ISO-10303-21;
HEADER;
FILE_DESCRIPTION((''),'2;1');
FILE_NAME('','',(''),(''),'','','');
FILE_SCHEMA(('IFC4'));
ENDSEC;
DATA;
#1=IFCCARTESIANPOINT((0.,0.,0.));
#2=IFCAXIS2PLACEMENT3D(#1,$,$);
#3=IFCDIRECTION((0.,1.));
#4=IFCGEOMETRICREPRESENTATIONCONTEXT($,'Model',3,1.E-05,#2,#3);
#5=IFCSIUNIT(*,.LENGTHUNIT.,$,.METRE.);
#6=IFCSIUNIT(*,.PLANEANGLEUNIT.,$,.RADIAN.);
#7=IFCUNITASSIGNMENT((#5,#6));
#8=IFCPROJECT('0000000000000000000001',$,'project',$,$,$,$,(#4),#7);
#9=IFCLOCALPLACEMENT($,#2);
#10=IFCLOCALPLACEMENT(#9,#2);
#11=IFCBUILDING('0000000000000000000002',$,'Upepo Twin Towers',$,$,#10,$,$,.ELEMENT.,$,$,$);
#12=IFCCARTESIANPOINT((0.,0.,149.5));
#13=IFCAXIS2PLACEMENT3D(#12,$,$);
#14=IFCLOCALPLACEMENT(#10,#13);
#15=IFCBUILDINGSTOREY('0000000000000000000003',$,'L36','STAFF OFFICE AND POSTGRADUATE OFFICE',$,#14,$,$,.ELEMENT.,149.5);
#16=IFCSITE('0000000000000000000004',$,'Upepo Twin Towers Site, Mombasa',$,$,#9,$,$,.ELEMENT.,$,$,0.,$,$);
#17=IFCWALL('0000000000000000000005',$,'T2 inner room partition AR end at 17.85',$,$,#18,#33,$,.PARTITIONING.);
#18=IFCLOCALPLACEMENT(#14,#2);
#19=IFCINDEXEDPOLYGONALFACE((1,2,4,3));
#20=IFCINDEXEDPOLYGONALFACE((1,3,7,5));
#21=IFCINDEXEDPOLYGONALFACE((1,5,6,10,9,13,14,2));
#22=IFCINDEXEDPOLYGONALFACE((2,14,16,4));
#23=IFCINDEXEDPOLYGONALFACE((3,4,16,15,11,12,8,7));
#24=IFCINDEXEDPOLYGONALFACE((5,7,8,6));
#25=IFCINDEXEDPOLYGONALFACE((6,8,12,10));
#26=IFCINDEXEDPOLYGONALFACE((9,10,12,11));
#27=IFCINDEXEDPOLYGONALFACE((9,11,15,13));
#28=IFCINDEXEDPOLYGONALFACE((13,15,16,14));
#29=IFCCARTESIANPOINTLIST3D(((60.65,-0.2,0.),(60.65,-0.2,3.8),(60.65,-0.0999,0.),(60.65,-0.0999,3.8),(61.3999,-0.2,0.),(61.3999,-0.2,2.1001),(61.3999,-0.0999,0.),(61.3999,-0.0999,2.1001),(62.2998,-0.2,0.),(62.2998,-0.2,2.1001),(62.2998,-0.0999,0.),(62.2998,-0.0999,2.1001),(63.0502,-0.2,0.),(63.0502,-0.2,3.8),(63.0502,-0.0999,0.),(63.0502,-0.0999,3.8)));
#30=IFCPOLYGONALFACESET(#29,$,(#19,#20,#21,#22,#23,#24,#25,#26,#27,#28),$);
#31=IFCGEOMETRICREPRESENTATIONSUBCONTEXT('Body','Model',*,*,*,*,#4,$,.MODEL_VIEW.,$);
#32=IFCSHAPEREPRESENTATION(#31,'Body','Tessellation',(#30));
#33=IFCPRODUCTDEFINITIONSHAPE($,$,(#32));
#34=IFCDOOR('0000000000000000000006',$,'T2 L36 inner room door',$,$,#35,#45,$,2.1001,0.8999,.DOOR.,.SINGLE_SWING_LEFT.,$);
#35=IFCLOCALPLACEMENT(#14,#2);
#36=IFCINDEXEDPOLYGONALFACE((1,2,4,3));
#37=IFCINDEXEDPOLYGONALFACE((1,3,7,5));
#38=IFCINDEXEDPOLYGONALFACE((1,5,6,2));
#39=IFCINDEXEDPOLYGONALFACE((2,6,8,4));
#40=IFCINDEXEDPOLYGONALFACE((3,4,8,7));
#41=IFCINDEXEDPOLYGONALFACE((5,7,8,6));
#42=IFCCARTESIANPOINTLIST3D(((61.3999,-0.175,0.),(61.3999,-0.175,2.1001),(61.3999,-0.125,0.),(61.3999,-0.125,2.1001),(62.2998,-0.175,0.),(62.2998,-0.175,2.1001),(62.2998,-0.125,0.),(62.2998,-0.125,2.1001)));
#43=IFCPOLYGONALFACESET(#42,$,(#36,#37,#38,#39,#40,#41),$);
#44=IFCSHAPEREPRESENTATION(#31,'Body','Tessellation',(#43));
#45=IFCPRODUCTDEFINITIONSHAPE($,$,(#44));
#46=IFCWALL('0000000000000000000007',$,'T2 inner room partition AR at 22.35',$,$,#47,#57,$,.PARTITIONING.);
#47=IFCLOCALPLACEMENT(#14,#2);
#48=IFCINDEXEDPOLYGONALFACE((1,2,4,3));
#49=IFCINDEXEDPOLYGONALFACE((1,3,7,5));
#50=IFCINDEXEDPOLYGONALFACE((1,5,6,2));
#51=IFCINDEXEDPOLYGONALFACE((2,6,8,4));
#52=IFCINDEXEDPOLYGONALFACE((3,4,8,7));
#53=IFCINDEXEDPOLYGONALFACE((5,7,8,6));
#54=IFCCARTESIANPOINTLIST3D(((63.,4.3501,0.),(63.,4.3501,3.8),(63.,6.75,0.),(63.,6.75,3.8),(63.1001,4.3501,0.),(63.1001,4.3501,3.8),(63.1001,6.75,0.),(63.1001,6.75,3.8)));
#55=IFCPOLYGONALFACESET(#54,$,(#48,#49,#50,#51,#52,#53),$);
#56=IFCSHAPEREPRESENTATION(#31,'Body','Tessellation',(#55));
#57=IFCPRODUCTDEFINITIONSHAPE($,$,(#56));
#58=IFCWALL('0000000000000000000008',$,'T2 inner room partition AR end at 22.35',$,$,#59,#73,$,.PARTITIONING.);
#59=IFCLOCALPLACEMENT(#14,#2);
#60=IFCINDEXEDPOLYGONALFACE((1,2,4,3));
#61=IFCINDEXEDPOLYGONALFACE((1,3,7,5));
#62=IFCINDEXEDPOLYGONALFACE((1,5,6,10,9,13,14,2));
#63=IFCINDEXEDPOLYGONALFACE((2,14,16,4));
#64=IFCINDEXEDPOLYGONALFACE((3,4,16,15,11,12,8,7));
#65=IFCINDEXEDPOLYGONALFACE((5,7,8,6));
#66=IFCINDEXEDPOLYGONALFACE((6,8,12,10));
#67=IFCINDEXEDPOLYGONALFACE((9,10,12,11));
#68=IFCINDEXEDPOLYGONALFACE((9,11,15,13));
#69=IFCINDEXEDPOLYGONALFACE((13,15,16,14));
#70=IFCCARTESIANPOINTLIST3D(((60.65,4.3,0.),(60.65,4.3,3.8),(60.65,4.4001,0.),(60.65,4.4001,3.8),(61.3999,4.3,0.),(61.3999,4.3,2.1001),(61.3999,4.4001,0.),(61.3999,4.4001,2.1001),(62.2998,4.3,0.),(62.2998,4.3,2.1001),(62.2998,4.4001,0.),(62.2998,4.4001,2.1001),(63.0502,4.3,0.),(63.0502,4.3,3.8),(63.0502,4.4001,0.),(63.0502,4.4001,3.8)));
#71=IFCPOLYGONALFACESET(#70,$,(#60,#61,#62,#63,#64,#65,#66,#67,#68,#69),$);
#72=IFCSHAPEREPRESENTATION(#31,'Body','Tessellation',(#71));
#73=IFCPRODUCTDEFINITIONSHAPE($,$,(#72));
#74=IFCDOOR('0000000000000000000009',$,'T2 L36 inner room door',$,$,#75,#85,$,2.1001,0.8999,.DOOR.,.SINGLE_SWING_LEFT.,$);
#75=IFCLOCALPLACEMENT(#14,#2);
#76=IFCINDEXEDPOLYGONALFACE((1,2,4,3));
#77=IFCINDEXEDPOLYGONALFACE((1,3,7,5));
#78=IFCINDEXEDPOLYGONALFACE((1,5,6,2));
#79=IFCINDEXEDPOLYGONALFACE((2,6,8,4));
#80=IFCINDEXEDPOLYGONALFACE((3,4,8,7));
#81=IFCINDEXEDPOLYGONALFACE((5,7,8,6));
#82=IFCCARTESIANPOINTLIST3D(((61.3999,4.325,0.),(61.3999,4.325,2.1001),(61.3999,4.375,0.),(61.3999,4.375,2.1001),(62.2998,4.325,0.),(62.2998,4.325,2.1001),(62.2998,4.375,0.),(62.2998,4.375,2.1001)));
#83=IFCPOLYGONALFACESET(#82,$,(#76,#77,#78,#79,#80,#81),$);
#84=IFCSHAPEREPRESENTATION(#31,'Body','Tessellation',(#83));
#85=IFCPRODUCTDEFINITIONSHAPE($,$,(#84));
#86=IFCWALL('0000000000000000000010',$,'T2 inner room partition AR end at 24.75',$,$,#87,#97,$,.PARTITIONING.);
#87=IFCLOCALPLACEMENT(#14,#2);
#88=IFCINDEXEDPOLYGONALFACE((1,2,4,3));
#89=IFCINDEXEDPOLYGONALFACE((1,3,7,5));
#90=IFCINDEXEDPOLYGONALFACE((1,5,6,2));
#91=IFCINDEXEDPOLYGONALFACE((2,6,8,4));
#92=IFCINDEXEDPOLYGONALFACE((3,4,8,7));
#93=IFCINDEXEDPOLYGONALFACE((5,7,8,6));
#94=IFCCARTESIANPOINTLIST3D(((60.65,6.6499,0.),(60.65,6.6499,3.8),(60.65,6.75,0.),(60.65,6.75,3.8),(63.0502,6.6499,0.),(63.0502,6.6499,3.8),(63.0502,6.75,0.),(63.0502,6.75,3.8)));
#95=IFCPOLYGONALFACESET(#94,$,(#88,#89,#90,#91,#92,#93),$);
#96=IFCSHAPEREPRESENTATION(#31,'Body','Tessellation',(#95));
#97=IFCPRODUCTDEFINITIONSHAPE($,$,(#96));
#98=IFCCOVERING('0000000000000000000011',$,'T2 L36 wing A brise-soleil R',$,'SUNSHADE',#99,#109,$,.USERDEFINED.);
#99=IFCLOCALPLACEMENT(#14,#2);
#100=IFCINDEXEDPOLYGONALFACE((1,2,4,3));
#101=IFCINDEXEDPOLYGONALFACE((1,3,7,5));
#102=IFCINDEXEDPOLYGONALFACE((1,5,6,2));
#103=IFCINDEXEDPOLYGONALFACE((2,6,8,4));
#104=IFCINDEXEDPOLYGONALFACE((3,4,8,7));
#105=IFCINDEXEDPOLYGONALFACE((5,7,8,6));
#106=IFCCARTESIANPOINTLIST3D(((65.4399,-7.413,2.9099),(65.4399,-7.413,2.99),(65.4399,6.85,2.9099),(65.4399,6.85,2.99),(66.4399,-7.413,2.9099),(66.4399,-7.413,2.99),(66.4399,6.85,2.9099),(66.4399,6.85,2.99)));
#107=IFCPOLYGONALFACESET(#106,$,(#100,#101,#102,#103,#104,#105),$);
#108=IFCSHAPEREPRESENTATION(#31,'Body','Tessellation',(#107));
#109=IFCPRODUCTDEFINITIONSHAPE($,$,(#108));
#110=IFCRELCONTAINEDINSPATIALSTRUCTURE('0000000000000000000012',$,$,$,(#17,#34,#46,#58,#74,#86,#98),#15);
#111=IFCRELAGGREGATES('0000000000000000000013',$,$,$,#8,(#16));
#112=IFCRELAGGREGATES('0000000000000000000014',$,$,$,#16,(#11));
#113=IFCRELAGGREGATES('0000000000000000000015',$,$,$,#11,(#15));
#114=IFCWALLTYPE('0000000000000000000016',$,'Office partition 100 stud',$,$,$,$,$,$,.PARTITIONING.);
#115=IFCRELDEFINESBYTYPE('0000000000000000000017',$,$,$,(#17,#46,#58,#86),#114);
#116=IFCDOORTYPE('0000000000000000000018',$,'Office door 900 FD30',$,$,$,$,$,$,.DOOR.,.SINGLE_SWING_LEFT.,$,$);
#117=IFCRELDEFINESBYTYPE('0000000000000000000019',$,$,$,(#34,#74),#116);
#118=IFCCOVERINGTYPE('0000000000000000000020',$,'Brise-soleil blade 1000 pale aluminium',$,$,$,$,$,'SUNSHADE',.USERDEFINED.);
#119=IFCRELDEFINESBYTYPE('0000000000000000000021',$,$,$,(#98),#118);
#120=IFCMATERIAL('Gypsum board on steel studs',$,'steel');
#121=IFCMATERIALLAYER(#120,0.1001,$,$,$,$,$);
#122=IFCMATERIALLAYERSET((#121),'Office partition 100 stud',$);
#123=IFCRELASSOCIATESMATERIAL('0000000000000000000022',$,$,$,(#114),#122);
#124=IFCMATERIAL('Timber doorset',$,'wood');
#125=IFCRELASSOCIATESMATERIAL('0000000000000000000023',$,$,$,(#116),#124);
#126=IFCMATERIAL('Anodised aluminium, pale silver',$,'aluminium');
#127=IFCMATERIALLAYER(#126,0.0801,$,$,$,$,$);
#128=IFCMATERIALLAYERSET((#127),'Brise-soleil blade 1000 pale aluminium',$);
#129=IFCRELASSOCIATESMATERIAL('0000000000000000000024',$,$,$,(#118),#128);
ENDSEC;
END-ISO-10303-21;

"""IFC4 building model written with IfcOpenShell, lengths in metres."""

from ifc_helpers import new_model, si_unit, direction, frame, frame_2d, origin, origin_2d, place, context, subcontext, project, spatial, rectangle, extrude, material, layer, layer_set, type_object, element, fill, save


model = new_model("IFC4")

# Units and contexts
model_context = context("Model", 3, precision=1e-05, world=origin(), true_north=direction((0.0, 1.0)))
body_context = subcontext(model_context, "Body", "Model", "MODEL_VIEW")
ifc_project = project(units=[si_unit("LENGTHUNIT", "METRE"), si_unit("PLANEANGLEUNIT", "RADIAN")], contexts=[model_context])

# Site, building, storey
site_placement = place(None, origin())
site = spatial("IfcSite", under=ifc_project, at=site_placement, Name="Upepo Twin Towers Site, Mombasa", CompositionType="ELEMENT", RefElevation=0.0)
building_placement = place(site_placement, origin())
building = spatial("IfcBuilding", under=site, at=building_placement, Name="Upepo Twin Towers", CompositionType="ELEMENT")
storey_placement = place(building_placement, frame((0.0, 0.0, 149.5)))
storey = spatial("IfcBuildingStorey", under=building, at=storey_placement, Name="L36", Description="STAFF OFFICE AND POSTGRADUATE OFFICE", CompositionType="ELEMENT", Elevation=149.5)

# Shared definitions
ifc_material_1 = material(Name="Gypsum board on steel studs", Category="steel")
ifc_layer_1 = layer(ifc_material_1, 0.1001)
ifc_layer_set_1 = layer_set([ifc_layer_1], Name="Office partition 100 stud")
wall_type_1 = type_object("IfcWallType", Name="Office partition 100 stud", PredefinedType="PARTITIONING", material=ifc_layer_set_1)

# Wall, opening, door
wall_1_placement = place(storey_placement, frame((60.6499, -0.1499, 0.0), z_axis=(0.0, 0.0, 1.0), x_axis=(1.0, 0.0, 0.0)))
wall_1 = element("IfcWall", 1, at=wall_1_placement, inside=storey, type_object=wall_type_1, Name="T2 inner room partition AR end at 17.85", PredefinedType="PARTITIONING", context=body_context, shape_type="SweptSolid", body=[
    extrude(rectangle(XDim=2.4001, YDim=0.1001, at=frame_2d((1.2002, 0.0))), origin(), (0.0, 0.0, 1.0), 3.8),
])
opening_1_placement = place(wall_1_placement, frame((0.75, 0.0, 0.0)))
opening_1 = element("IfcOpeningElement", 2, at=opening_1_placement, cuts=wall_1, PredefinedType="OPENING", context=body_context, shape_type="SweptSolid", body=[
    extrude(rectangle(XDim=0.8999, YDim=2.1001, at=frame_2d((0.45, 1.05))), frame((0.0, 0.0601, 0.0), z_axis=(0.0, -1.0, 0.0), x_axis=(1.0, 0.0, 0.0)), (0.0, 0.0, 1.0), 0.1201),
])
ifc_material_2 = material(Name="Timber doorset", Category="wood")
door_type = type_object("IfcDoorType", Name="Office door 900 FD30", OperationType="SINGLE_SWING_LEFT", PredefinedType="DOOR", material=ifc_material_2)
door_1_placement = place(opening_1_placement, origin())
door_1 = element("IfcDoor", 3, at=door_1_placement, inside=storey, type_object=door_type, Name="T2 L36 inner room door", OperationType="SINGLE_SWING_LEFT", OverallHeight=2.1001, OverallWidth=0.8999, PredefinedType="DOOR", context=body_context, shape_type="SweptSolid", body=[
    extrude(rectangle(XDim=0.8999, YDim=2.1001, at=frame_2d((0.45, 1.05))), frame((0.0, 0.0249, 0.0), z_axis=(0.0, -1.0, 0.0), x_axis=(1.0, 0.0, 0.0)), (0.0, 0.0, 1.0), 0.05),
])
fill(opening_1, door_1)

# Wall
wall_2_placement = place(storey_placement, frame((63.05, 4.3501, 0.0), z_axis=(0.0, 0.0, 1.0), x_axis=(0.0, 1.0, 0.0)))
element("IfcWall", 4, at=wall_2_placement, inside=storey, type_object=wall_type_1, Name="T2 inner room partition AR at 22.35", PredefinedType="PARTITIONING", context=body_context, shape_type="SweptSolid", body=[
    extrude(rectangle(XDim=2.3999, YDim=0.1001, at=frame_2d((1.2, 0.0))), origin(), (0.0, 0.0, 1.0), 3.8),
])

# Wall, opening, door
wall_3_placement = place(storey_placement, frame((60.6499, 4.3501, 0.0), z_axis=(0.0, 0.0, 1.0), x_axis=(1.0, 0.0, 0.0)))
wall_3 = element("IfcWall", 5, at=wall_3_placement, inside=storey, type_object=wall_type_1, Name="T2 inner room partition AR end at 22.35", PredefinedType="PARTITIONING", context=body_context, shape_type="SweptSolid", body=[
    extrude(rectangle(XDim=2.4001, YDim=0.1001, at=frame_2d((1.2002, 0.0))), origin(), (0.0, 0.0, 1.0), 3.8),
])
opening_2_placement = place(wall_3_placement, frame((0.75, 0.0, 0.0)))
opening_2 = element("IfcOpeningElement", 6, at=opening_2_placement, cuts=wall_3, PredefinedType="OPENING", context=body_context, shape_type="SweptSolid", body=[
    extrude(rectangle(XDim=0.8999, YDim=2.1001, at=frame_2d((0.45, 1.05))), frame((0.0, 0.0601, 0.0), z_axis=(0.0, -1.0, 0.0), x_axis=(1.0, 0.0, 0.0)), (0.0, 0.0, 1.0), 0.1201),
])
door_2_placement = place(opening_2_placement, origin())
door_2 = element("IfcDoor", 7, at=door_2_placement, inside=storey, type_object=door_type, Name="T2 L36 inner room door", OperationType="SINGLE_SWING_LEFT", OverallHeight=2.1001, OverallWidth=0.8999, PredefinedType="DOOR", context=body_context, shape_type="SweptSolid", body=[
    extrude(rectangle(XDim=0.8999, YDim=2.1001, at=frame_2d((0.45, 1.05))), frame((0.0, 0.0249, 0.0), z_axis=(0.0, -1.0, 0.0), x_axis=(1.0, 0.0, 0.0)), (0.0, 0.0, 1.0), 0.05),
])
fill(opening_2, door_2)

# Wall
wall_4_placement = place(storey_placement, frame((60.6499, 6.7, 0.0), z_axis=(0.0, 0.0, 1.0), x_axis=(1.0, 0.0, 0.0)))
element("IfcWall", 8, at=wall_4_placement, inside=storey, type_object=wall_type_1, Name="T2 inner room partition AR end at 24.75", PredefinedType="PARTITIONING", context=body_context, shape_type="SweptSolid", body=[
    extrude(rectangle(XDim=2.4001, YDim=0.1001, at=frame_2d((1.2002, 0.0))), origin(), (0.0, 0.0, 1.0), 3.8),
])

# Covering
ifc_material_3 = material(Name="Anodised aluminium, pale silver", Category="aluminium")
ifc_layer_2 = layer(ifc_material_3, 0.0801)
ifc_layer_set_2 = layer_set([ifc_layer_2], Name="Brise-soleil blade 1000 pale aluminium")
covering_type = type_object("IfcCoveringType", Name="Brise-soleil blade 1000 pale aluminium", ElementType="SUNSHADE", PredefinedType="USERDEFINED", material=ifc_layer_set_2)
covering_placement = place(storey_placement, frame((65.9399, -0.2815, 2.9099), z_axis=(0.0, 0.0, 1.0), x_axis=(0.0, 1.0, 0.0)))
element("IfcCovering", 9, at=covering_placement, inside=storey, type_object=covering_type, Name="T2 L36 wing A brise-soleil R", ObjectType="SUNSHADE", PredefinedType="USERDEFINED", context=body_context, shape_type="SweptSolid", body=[
    extrude(rectangle(XDim=14.2629, YDim=1.0, at=origin_2d()), origin(), (0.0, 0.0, 1.0), 0.0801),
])

save(model, "model.ifc")
